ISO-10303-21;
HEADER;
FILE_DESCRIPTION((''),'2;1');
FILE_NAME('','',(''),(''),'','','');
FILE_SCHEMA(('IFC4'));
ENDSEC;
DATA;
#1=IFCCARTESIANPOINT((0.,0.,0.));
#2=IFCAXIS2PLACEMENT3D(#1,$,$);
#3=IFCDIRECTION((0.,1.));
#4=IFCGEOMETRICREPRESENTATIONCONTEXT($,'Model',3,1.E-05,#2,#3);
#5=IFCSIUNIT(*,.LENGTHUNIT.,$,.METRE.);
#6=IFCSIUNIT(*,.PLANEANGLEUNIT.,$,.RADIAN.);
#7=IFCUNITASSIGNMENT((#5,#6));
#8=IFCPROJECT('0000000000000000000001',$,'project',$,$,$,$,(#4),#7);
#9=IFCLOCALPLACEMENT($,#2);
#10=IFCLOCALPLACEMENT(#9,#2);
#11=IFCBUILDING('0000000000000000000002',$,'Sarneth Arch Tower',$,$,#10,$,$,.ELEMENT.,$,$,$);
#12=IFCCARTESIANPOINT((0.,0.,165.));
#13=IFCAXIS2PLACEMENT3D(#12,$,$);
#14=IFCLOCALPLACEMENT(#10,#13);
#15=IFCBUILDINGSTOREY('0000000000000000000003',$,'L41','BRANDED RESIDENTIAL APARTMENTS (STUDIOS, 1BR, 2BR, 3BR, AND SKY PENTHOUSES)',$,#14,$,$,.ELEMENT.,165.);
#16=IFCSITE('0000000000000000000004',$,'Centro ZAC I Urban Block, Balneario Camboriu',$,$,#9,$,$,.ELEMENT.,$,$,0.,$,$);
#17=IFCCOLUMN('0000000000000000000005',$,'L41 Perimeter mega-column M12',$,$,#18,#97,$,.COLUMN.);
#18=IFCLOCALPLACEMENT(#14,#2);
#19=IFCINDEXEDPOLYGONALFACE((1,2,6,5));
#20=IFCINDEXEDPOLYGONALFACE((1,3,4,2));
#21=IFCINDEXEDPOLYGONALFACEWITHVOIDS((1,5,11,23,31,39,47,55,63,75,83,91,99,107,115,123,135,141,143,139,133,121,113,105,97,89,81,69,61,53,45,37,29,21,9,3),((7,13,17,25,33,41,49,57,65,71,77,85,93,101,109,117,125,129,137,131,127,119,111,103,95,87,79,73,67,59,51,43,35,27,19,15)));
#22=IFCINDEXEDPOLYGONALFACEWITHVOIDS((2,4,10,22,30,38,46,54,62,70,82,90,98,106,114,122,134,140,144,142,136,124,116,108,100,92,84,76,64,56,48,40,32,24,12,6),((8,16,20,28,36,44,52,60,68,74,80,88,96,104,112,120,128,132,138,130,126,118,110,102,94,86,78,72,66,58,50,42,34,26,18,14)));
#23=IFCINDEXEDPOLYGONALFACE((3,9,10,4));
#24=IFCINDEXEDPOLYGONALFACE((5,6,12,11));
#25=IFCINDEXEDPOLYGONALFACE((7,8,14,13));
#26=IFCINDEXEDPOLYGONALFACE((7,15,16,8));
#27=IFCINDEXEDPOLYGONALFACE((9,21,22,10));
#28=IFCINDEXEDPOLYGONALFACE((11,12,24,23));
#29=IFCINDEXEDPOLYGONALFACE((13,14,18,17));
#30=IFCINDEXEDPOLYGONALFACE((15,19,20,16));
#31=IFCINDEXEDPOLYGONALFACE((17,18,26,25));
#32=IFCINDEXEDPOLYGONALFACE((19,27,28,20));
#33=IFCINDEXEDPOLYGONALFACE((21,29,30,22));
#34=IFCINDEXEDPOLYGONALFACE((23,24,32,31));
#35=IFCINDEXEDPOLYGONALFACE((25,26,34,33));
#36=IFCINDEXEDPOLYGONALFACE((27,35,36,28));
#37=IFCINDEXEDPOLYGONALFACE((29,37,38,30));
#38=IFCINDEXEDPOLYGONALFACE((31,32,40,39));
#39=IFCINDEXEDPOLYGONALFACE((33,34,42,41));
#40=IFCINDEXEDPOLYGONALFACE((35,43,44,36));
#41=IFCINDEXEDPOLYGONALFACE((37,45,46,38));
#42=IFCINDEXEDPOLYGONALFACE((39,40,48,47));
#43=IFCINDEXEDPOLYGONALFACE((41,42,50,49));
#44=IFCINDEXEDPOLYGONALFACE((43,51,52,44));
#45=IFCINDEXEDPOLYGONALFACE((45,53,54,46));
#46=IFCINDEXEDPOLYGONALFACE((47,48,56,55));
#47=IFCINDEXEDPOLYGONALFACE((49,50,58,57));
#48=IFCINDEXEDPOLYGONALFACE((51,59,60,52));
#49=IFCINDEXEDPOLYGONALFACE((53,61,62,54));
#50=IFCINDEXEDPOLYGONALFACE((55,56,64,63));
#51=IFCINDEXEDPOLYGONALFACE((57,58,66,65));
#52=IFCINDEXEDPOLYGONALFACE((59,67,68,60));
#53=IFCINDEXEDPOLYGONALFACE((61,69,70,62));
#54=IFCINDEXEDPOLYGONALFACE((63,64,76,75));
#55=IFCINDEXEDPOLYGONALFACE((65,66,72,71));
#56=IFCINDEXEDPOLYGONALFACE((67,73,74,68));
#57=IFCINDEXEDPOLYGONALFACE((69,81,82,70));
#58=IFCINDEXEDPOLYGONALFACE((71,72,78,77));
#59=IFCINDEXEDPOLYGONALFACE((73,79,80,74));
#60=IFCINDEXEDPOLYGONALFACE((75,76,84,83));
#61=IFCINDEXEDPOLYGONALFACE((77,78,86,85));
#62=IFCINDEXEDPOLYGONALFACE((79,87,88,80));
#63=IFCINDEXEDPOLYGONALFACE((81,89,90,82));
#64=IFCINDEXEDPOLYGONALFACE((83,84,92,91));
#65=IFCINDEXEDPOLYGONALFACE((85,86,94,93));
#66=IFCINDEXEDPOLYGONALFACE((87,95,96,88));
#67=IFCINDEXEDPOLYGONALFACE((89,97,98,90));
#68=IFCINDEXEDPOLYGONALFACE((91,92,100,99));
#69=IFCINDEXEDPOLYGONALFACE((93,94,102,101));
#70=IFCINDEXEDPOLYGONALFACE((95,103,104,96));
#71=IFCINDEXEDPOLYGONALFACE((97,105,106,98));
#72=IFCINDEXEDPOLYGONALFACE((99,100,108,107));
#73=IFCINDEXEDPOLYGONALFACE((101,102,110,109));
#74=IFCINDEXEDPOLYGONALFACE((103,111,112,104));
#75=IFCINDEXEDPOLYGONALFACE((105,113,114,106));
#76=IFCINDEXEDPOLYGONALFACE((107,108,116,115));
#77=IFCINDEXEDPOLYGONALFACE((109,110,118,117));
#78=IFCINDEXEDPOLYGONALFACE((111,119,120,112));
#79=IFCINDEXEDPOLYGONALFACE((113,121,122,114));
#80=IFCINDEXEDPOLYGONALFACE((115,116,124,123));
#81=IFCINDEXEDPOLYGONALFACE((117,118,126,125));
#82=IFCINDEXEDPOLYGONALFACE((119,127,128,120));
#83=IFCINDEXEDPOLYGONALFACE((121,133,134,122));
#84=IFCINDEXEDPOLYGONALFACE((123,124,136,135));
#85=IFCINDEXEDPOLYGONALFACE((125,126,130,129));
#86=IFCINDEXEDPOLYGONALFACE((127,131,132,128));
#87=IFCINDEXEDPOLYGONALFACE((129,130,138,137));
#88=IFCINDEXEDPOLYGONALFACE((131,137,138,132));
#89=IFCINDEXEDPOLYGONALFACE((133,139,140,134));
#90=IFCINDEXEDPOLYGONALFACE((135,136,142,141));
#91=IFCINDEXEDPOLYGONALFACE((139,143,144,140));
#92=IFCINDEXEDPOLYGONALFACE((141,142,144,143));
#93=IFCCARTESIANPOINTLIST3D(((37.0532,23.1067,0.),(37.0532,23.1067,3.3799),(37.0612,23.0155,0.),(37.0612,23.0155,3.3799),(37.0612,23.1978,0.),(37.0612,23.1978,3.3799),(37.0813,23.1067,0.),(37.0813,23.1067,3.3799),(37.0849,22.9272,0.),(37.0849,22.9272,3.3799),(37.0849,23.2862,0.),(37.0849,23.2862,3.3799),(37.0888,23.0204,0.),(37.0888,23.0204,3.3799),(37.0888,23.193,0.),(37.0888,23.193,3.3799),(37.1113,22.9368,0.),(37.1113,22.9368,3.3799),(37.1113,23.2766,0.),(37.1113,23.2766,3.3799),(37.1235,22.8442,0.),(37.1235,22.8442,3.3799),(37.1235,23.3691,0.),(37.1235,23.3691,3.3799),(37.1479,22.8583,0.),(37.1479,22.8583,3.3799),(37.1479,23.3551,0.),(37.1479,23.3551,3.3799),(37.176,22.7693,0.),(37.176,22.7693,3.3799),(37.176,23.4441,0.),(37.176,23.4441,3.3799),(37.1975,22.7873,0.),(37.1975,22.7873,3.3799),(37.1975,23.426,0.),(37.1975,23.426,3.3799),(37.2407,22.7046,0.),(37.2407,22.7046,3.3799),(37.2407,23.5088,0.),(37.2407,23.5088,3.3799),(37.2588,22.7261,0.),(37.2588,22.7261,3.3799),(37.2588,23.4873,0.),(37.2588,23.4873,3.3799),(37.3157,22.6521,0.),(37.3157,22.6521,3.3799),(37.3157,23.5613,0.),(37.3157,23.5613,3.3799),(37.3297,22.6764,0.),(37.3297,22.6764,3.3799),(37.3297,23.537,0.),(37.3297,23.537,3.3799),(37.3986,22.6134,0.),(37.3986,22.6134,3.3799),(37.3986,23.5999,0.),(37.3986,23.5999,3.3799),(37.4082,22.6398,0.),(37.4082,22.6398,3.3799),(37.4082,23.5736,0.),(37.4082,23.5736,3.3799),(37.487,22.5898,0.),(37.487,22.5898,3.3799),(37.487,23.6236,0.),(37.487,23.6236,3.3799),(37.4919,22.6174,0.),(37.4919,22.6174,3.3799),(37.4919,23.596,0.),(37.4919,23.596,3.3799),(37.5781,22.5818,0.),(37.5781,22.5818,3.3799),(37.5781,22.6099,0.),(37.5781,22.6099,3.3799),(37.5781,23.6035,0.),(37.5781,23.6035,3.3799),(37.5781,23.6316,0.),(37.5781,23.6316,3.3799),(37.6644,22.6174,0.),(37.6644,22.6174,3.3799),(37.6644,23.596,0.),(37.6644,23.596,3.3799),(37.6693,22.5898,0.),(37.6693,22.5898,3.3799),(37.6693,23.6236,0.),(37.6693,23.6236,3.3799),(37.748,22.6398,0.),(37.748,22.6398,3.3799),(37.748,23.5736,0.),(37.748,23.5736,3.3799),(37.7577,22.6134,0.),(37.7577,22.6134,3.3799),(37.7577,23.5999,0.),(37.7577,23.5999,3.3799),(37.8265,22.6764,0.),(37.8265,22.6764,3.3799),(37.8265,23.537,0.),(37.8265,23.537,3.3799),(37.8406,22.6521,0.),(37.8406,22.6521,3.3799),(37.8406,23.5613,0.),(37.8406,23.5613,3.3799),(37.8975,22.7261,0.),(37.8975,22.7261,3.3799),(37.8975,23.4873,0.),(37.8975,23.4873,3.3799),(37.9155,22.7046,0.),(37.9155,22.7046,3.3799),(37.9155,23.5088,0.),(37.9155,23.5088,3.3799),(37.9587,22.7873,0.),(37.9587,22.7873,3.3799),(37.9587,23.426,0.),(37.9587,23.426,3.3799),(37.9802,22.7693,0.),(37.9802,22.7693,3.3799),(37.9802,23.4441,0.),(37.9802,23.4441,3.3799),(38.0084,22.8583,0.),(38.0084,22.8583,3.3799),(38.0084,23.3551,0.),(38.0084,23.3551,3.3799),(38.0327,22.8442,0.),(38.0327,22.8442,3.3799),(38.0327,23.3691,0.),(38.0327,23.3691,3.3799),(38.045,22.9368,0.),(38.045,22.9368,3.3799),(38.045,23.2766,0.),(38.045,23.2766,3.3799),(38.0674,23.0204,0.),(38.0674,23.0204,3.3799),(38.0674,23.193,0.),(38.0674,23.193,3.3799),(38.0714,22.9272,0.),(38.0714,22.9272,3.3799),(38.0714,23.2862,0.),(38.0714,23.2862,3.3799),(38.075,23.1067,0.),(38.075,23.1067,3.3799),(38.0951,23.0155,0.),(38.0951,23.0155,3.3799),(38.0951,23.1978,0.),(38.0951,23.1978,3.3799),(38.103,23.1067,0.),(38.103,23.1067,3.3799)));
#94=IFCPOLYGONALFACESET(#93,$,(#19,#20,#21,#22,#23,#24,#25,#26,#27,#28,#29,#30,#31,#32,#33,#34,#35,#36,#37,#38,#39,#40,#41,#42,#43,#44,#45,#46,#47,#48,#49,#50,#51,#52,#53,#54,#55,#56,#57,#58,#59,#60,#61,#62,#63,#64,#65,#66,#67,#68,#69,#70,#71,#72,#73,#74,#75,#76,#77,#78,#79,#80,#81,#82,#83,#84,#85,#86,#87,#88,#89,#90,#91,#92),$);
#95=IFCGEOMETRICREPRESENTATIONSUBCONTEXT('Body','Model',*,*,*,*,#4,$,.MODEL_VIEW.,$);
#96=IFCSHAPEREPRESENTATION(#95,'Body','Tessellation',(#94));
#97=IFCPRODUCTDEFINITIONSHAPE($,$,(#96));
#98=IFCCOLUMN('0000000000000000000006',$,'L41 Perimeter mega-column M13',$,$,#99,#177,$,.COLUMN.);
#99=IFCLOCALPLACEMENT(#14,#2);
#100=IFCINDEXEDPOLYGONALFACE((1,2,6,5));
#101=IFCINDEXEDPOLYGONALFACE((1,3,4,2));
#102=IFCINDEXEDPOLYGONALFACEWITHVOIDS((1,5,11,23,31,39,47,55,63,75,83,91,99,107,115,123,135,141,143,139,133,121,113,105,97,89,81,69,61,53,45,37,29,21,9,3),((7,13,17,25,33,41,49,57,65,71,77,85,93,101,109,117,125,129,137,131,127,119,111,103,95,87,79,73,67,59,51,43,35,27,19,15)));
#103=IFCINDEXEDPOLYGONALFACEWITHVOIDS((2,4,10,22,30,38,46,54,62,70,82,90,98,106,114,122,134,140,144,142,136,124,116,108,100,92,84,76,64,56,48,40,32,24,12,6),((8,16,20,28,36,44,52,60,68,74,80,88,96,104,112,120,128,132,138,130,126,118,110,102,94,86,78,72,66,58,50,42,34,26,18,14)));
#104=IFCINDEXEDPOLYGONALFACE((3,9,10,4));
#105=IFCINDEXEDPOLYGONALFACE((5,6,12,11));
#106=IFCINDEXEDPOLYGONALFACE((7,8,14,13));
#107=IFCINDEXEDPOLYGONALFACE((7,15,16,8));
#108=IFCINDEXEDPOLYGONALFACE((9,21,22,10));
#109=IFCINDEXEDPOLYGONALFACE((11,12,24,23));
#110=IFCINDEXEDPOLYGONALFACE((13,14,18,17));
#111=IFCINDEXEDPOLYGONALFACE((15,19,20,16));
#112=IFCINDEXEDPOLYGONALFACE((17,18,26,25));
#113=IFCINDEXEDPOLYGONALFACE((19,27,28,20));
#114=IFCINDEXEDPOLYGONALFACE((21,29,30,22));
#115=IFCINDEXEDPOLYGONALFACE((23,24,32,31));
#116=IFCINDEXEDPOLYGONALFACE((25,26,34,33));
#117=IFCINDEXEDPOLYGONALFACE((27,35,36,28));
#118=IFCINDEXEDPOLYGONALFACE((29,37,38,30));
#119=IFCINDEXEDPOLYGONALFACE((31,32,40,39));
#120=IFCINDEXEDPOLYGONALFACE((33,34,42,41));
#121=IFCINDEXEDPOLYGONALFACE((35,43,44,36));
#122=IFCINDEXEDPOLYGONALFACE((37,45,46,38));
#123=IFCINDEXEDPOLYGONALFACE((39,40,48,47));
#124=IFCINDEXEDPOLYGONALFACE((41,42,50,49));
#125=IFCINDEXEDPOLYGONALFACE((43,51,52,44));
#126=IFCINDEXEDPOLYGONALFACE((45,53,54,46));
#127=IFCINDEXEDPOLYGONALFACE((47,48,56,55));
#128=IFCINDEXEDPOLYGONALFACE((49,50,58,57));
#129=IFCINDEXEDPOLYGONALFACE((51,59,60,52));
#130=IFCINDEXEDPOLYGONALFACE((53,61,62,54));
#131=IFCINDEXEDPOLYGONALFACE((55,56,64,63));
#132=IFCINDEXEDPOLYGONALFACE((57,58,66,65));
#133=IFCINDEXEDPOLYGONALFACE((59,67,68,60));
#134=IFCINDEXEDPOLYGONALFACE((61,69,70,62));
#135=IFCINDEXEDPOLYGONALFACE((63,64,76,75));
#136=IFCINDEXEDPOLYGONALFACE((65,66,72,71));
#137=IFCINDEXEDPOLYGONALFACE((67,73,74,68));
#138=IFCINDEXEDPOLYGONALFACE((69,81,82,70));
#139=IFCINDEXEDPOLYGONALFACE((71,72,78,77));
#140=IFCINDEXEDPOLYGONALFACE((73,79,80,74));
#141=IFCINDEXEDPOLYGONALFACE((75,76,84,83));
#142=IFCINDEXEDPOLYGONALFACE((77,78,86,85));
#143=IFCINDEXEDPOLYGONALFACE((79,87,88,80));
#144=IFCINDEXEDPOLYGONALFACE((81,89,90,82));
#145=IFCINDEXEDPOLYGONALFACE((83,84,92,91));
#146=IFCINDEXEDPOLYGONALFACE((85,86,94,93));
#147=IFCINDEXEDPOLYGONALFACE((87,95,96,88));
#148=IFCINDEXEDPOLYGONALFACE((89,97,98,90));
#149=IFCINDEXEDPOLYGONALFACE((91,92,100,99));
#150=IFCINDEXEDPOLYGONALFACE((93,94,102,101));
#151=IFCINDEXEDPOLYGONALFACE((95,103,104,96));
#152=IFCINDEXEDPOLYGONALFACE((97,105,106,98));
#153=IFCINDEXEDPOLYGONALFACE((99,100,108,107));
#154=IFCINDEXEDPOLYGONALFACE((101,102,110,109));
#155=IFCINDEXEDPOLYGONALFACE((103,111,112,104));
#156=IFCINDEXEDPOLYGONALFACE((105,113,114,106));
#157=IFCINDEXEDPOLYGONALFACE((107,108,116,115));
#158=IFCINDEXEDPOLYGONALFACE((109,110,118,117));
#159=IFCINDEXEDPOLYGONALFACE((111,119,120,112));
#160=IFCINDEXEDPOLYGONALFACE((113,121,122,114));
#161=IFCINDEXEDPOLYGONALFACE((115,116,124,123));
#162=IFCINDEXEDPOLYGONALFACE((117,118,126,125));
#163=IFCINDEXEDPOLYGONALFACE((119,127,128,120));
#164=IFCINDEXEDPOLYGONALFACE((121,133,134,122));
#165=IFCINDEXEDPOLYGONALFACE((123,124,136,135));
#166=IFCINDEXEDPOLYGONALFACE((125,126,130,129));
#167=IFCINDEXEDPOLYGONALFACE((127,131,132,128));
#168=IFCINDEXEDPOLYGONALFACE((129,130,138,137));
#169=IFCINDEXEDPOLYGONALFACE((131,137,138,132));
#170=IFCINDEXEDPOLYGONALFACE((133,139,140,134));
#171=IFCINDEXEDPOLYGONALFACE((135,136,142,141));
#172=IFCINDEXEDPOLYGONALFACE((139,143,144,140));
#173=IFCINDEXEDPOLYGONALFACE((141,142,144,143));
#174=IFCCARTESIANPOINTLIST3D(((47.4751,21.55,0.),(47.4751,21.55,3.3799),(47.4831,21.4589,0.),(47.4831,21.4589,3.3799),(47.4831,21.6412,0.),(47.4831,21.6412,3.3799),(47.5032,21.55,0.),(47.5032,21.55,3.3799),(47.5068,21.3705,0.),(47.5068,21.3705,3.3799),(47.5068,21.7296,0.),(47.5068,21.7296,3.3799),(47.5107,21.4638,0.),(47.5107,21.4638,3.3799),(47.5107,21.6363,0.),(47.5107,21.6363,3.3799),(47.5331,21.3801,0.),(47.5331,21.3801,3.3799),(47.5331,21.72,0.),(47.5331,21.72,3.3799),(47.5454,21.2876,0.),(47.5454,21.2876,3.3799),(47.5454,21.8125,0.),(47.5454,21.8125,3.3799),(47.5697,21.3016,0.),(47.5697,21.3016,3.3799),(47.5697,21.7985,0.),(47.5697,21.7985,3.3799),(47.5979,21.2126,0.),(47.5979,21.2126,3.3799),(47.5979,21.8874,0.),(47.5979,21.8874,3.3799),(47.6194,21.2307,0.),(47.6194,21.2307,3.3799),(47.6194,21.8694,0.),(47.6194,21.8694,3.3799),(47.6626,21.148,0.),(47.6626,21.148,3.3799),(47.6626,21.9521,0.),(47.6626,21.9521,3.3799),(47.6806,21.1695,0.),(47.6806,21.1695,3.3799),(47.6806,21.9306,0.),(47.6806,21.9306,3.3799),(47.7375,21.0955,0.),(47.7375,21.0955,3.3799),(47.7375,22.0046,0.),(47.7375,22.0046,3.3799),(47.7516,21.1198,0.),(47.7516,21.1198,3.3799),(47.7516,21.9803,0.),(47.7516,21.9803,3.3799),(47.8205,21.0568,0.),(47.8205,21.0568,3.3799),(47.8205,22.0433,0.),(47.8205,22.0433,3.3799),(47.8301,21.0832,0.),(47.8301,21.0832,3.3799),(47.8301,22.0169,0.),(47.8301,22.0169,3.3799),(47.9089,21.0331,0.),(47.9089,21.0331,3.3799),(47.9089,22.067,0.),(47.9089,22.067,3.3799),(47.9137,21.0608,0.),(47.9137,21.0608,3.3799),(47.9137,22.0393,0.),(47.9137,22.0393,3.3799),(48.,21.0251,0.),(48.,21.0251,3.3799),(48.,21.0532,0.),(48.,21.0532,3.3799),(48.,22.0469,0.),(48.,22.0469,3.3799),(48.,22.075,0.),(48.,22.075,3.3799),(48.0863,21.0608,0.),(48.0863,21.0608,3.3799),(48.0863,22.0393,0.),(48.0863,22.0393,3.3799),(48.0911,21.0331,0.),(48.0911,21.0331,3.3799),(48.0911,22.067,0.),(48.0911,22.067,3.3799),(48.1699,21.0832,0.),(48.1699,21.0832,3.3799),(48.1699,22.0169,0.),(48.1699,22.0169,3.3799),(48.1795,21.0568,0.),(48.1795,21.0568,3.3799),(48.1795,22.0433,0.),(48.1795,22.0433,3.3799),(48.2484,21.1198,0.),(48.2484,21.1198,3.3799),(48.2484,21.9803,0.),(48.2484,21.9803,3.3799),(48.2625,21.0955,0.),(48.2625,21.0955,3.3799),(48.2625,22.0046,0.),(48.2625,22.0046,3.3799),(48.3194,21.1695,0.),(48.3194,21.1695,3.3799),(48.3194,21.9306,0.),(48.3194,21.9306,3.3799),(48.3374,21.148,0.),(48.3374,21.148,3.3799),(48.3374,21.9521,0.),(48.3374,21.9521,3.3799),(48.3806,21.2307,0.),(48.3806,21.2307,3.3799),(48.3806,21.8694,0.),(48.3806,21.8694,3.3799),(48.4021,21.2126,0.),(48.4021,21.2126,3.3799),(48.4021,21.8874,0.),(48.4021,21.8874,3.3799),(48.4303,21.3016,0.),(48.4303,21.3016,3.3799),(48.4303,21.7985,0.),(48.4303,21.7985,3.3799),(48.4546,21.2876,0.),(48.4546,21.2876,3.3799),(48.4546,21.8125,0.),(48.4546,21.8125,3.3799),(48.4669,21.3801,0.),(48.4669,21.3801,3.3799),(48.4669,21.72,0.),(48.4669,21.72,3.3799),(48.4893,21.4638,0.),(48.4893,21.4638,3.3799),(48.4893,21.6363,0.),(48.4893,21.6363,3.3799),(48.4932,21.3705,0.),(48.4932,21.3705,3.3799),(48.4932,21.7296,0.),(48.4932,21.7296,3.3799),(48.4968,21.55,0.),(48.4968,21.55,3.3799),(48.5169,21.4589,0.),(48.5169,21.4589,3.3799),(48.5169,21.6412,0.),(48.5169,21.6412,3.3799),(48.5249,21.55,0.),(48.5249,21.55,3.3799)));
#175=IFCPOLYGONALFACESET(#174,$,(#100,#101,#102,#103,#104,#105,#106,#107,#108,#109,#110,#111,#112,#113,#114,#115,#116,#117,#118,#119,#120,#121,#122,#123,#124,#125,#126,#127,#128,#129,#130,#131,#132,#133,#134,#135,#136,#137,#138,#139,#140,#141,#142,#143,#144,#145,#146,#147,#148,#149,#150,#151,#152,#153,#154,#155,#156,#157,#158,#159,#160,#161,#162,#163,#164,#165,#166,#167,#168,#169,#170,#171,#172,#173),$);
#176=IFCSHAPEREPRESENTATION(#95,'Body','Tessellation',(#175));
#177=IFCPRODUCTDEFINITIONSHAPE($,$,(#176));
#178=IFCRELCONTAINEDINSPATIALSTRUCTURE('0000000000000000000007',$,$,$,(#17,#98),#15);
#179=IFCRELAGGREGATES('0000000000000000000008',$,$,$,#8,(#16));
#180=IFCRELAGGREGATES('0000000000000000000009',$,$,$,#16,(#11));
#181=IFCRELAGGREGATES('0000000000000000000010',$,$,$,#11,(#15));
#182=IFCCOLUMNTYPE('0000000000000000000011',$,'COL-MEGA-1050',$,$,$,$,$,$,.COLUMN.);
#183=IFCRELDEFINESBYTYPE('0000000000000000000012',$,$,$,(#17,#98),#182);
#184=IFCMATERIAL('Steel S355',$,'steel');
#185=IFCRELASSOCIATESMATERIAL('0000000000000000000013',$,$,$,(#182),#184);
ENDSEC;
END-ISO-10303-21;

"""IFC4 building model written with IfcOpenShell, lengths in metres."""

from ifc_helpers import new_model, si_unit, direction, frame, origin, origin_2d, place, context, subcontext, project, spatial, hollow_circle, extrude, material, material_profile, profile_set, type_object, element, save


model = new_model("IFC4")

# Units and contexts
model_context = context("Model", 3, precision=1e-05, world=origin(), true_north=direction((0.0, 1.0)))
body_context = subcontext(model_context, "Body", "Model", "MODEL_VIEW")
ifc_project = project(units=[si_unit("LENGTHUNIT", "METRE"), si_unit("PLANEANGLEUNIT", "RADIAN")], contexts=[model_context])

# Site, building, storey
site_placement = place(None, origin())
site = spatial("IfcSite", under=ifc_project, at=site_placement, Name="Centro ZAC I Urban Block, Balneario Camboriu", CompositionType="ELEMENT", RefElevation=0.0)
building_placement = place(site_placement, origin())
building = spatial("IfcBuilding", under=site, at=building_placement, Name="Sarneth Arch Tower", CompositionType="ELEMENT")
storey_placement = place(building_placement, frame((0.0, 0.0, 165.0)))
storey = spatial("IfcBuildingStorey", under=building, at=storey_placement, Name="L41", Description="BRANDED RESIDENTIAL APARTMENTS (STUDIOS, 1BR, 2BR, 3BR, AND SKY PENTHOUSES)", CompositionType="ELEMENT", Elevation=165.0)

# Columns
ifc_material_1 = material(Name="Steel S355", Category="steel")
ifc_material_profile_1 = material_profile(ifc_material_1, hollow_circle(Radius=0.5249, WallThickness=0.0281, at=origin_2d()), Name="CHS1050x28")
ifc_profile_set_1 = profile_set([ifc_material_profile_1], Name="Steel S355")
column_type = type_object("IfcColumnType", Name="COL-MEGA-1050", PredefinedType="COLUMN", material=ifc_profile_set_1)
for number, where, z_axis, x_axis, name in (
    (1, (37.5781, 23.1067, 0.0), (0.0, 0.0, 1.0), (1.0, 0.0, 0.0), "L41 Perimeter mega-column M12"),
    (2, (48.0, 21.55, 0.0), (0.0, 0.0, 1.0), (1.0, 0.0, 0.0), "L41 Perimeter mega-column M13"),
):
    element("IfcColumn", number, at=place(storey_placement, frame(where, z_axis=z_axis, x_axis=x_axis)), inside=storey, type_object=column_type, Name=name, PredefinedType="COLUMN", context=body_context, shape_type="SweptSolid", body=[
        extrude(hollow_circle(Radius=0.5249, WallThickness=0.0281, at=origin_2d()), origin(), (0.0, 0.0, 1.0), 3.3799),
    ])

save(model, "model.ifc")
